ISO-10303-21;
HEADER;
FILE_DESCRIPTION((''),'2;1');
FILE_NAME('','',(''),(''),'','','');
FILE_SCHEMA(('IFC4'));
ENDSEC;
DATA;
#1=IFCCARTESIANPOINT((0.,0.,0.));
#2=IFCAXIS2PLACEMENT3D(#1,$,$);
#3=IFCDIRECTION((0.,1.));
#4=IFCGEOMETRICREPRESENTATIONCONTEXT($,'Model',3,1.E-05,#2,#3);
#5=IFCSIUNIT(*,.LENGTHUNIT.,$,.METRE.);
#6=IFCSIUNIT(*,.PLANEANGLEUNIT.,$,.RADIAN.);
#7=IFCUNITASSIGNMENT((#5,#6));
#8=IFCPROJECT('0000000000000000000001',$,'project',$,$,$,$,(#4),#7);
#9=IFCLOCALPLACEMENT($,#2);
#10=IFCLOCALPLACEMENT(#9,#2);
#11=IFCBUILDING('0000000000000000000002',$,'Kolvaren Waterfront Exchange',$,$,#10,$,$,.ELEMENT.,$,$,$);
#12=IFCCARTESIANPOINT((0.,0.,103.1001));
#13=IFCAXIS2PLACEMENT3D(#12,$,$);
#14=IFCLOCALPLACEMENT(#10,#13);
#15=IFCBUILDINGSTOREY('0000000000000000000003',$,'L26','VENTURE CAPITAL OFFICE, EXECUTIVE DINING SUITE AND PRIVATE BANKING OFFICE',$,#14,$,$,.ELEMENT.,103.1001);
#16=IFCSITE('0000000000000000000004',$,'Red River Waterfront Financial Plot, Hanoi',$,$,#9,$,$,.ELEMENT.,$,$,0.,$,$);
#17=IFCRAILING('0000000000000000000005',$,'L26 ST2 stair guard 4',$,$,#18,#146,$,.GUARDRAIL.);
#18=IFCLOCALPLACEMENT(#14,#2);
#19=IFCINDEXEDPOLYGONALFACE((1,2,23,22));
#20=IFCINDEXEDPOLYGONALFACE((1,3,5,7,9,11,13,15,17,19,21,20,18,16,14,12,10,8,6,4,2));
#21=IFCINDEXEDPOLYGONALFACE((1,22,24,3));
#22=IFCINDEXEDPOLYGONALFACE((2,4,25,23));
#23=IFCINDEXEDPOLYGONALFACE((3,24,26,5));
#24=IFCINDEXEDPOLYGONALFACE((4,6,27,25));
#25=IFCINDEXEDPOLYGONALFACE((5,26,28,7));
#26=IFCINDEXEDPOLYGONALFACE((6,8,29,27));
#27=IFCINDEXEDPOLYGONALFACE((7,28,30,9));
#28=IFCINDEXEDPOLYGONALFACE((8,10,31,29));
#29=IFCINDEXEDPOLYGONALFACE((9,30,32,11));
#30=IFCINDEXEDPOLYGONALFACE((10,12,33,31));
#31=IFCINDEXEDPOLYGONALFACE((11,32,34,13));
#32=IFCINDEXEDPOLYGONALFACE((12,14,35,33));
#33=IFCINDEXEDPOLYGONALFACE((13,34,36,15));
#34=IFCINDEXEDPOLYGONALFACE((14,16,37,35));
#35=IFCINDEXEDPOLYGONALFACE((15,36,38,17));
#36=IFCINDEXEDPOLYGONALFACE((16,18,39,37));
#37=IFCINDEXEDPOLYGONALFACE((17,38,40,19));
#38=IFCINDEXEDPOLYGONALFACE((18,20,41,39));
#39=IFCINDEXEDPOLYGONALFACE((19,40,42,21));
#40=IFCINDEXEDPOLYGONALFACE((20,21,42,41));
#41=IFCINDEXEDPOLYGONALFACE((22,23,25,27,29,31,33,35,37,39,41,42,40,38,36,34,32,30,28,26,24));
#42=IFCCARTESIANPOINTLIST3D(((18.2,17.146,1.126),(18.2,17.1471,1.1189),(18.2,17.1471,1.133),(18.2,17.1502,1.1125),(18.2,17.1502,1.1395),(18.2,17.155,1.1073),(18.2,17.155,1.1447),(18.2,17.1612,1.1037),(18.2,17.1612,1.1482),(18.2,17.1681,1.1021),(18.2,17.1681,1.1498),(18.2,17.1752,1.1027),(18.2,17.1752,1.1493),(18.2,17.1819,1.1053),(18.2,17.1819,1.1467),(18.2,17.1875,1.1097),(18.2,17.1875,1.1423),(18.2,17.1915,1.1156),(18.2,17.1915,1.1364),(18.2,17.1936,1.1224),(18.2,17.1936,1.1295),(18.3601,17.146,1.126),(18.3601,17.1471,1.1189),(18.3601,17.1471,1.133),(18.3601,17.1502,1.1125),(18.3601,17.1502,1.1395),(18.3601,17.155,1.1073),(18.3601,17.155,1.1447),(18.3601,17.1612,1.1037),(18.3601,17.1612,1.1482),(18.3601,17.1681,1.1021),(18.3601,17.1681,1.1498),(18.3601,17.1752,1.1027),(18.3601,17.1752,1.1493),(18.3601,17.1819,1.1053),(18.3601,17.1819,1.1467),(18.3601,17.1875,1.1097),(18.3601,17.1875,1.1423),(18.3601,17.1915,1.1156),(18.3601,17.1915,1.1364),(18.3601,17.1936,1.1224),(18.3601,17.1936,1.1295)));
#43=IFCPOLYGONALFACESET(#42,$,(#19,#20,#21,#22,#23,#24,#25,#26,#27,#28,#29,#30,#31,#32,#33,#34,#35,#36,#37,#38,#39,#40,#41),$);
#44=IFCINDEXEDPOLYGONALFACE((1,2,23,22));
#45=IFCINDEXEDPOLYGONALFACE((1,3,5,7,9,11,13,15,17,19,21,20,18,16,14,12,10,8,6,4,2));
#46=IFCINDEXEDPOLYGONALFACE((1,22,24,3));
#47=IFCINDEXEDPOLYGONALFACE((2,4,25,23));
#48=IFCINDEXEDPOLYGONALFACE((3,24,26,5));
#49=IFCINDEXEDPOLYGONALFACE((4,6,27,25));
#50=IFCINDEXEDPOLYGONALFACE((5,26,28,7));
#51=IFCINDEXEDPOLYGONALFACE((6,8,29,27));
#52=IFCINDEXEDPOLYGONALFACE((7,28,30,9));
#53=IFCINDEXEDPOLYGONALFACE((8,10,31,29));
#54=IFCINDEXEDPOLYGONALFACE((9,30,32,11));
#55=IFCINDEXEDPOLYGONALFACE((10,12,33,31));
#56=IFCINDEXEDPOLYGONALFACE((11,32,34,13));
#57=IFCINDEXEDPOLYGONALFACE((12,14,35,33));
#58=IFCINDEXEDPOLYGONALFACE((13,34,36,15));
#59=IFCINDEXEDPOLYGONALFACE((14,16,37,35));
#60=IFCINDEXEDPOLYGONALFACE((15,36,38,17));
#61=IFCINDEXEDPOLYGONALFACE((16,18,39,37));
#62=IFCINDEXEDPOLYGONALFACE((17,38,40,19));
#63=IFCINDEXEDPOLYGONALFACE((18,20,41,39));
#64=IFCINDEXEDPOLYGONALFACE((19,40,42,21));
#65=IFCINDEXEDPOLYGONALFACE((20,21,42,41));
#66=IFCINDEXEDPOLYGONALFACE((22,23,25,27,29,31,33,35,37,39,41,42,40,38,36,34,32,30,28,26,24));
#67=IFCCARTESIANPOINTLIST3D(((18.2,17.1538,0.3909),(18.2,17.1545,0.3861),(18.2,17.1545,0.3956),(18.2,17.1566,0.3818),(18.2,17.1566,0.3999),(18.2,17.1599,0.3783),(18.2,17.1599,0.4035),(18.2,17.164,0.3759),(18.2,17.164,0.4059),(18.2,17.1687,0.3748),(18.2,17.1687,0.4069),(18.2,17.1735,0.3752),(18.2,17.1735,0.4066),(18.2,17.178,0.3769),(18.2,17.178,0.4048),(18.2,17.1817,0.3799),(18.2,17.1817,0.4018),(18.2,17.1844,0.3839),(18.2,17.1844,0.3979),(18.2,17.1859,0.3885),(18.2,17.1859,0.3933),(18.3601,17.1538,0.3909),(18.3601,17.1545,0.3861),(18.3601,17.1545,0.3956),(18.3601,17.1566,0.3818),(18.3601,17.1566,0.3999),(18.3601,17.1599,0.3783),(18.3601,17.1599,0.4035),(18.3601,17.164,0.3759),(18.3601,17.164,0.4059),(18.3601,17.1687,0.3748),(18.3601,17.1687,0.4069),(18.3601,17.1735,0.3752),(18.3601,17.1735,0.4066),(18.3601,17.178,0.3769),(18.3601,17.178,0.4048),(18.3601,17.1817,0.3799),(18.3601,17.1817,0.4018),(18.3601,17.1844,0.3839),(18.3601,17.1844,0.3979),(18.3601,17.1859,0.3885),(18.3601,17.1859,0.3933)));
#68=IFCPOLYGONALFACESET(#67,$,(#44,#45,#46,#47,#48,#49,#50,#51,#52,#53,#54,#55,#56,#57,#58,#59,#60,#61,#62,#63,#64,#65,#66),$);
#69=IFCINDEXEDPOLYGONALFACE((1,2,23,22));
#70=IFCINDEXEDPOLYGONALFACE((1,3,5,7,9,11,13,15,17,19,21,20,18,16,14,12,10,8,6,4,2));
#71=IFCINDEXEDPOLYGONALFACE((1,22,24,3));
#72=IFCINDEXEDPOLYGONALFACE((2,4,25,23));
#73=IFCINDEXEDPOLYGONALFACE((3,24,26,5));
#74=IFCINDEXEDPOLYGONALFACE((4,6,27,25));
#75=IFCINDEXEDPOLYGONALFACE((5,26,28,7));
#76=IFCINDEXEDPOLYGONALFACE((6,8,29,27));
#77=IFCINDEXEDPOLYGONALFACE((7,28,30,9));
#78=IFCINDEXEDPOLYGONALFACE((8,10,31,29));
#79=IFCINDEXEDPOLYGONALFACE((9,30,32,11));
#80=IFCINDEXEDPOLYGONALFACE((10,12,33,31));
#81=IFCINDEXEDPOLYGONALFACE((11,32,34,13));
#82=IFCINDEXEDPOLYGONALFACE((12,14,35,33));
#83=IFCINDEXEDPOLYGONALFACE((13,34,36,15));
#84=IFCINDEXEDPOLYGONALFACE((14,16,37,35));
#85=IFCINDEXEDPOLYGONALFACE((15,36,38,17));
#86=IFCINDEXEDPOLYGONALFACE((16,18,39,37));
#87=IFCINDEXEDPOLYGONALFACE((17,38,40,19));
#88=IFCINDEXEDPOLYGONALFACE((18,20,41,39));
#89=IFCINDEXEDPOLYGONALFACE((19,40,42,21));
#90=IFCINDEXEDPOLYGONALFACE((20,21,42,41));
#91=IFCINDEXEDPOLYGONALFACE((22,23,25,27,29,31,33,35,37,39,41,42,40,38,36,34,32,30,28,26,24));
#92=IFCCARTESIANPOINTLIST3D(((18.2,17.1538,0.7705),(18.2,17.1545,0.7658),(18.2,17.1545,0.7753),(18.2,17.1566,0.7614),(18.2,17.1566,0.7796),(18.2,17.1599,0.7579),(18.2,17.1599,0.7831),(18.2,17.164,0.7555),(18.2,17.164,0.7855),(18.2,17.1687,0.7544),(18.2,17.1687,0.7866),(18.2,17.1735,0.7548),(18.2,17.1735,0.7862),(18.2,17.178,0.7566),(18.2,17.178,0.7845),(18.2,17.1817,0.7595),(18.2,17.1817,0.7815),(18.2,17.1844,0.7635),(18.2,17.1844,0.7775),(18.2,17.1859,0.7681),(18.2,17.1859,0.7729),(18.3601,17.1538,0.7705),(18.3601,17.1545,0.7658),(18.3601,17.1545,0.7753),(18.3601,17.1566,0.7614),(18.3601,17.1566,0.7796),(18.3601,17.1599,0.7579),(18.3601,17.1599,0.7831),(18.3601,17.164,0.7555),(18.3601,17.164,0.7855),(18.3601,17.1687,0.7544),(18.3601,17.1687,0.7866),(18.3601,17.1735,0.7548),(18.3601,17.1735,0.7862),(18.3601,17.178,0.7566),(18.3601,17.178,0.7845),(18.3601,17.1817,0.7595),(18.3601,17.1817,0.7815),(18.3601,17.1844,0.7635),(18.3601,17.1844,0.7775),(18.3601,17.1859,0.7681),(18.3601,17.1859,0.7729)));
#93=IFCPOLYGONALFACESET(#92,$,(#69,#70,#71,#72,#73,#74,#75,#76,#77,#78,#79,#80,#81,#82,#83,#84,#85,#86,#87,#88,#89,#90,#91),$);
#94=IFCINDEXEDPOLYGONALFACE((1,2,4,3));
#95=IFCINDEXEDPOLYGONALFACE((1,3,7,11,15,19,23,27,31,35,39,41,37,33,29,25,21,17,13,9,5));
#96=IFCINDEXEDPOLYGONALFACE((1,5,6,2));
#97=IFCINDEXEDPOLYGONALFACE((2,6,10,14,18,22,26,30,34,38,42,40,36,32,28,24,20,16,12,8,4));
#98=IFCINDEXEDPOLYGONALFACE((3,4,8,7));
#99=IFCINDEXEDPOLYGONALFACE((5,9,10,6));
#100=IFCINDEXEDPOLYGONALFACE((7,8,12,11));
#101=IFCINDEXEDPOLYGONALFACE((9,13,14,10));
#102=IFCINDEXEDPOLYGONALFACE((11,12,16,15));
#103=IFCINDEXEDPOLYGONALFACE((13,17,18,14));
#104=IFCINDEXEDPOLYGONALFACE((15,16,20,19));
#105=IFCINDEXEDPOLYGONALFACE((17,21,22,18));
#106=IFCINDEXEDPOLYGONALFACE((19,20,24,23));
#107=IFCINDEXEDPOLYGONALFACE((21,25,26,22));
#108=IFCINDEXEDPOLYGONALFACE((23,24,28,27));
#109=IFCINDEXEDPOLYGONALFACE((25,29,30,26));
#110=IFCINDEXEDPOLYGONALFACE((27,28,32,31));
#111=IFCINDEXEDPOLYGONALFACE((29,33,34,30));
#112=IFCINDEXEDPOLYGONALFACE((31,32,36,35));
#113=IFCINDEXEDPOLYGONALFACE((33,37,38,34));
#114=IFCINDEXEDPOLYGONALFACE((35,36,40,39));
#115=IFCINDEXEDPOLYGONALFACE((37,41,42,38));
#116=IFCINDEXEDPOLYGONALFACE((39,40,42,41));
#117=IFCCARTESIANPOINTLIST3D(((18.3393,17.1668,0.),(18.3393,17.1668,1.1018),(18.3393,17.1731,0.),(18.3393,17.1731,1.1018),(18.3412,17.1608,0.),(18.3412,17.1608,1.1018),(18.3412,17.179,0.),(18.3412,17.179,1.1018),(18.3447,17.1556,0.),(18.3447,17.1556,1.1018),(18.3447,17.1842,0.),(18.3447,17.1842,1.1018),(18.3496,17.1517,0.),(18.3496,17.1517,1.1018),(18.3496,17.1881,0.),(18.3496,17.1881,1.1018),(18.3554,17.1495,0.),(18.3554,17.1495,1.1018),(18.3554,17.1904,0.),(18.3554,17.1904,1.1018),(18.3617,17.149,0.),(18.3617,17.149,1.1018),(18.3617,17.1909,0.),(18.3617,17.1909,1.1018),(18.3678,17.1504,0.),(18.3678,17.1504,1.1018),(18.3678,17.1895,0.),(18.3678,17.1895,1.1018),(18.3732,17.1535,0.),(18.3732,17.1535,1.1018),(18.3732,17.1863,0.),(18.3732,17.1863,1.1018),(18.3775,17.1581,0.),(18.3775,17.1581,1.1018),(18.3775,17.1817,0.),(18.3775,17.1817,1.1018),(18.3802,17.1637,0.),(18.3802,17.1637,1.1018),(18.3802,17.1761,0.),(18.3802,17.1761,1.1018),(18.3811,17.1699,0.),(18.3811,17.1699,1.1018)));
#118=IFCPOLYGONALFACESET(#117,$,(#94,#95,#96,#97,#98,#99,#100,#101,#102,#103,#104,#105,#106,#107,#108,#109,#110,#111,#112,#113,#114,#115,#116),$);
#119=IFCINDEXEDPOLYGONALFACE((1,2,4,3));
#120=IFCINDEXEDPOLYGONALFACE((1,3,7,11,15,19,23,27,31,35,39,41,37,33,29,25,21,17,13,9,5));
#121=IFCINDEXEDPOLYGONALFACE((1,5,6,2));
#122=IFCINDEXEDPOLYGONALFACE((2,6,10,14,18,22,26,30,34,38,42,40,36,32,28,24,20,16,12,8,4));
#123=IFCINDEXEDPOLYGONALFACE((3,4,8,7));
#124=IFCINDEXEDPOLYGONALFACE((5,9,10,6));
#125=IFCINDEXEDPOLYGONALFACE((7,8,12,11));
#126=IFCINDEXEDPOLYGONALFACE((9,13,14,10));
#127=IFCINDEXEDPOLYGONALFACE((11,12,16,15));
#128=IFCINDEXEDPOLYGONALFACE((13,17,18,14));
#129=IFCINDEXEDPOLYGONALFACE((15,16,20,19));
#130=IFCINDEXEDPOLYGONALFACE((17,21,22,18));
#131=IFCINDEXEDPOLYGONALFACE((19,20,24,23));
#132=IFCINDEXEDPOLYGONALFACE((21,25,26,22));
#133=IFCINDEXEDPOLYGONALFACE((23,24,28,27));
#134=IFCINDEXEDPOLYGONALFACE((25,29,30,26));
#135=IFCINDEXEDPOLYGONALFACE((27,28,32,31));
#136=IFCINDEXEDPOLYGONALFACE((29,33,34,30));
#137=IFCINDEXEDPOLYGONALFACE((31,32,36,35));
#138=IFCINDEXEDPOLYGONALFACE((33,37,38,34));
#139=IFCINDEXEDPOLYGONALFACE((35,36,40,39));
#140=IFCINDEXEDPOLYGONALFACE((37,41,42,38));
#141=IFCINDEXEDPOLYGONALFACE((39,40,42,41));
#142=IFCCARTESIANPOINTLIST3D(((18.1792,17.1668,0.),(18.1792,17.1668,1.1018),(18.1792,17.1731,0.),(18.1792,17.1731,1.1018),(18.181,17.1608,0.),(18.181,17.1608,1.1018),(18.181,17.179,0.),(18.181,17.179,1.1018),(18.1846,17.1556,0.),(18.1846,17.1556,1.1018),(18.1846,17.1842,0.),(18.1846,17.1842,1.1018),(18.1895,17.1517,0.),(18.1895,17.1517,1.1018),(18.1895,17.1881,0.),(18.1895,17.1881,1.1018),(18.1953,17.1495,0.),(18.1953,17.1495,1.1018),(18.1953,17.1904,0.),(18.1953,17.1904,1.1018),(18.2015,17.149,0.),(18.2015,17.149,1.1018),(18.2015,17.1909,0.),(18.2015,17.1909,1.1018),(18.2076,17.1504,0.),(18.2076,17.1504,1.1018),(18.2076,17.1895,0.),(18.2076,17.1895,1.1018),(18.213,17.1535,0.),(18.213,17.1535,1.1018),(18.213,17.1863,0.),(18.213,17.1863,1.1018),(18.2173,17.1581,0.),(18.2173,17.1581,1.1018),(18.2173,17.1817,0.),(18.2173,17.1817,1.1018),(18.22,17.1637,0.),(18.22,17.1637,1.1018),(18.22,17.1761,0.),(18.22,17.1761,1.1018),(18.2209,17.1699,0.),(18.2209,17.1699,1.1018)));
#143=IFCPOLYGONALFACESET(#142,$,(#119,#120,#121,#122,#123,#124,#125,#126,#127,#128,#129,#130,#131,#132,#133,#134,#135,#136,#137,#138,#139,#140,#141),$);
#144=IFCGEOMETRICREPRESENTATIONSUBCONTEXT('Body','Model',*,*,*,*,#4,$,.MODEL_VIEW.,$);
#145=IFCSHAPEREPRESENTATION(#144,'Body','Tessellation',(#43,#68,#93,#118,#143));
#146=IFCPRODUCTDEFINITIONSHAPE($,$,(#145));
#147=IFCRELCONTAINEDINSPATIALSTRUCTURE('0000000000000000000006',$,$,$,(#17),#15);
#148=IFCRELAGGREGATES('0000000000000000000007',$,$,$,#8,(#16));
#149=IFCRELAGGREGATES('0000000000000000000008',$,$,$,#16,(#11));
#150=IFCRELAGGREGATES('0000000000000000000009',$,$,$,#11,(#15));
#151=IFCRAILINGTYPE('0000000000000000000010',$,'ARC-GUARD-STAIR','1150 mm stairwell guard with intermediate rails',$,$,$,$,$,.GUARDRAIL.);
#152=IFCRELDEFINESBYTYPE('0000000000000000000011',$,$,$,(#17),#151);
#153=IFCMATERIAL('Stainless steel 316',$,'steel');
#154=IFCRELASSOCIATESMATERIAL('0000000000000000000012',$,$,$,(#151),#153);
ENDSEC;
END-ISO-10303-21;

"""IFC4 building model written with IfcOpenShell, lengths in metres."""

from ifc_helpers import new_model, si_unit, direction, frame, origin, origin_2d, place, context, subcontext, project, spatial, circle, extrude, material, type_object, element, save


model = new_model("IFC4")

# Units and contexts
model_context = context("Model", 3, precision=1e-05, world=origin(), true_north=direction((0.0, 1.0)))
body_context = subcontext(model_context, "Body", "Model", "MODEL_VIEW")
ifc_project = project(units=[si_unit("LENGTHUNIT", "METRE"), si_unit("PLANEANGLEUNIT", "RADIAN")], contexts=[model_context])

# Site, building, storey
site_placement = place(None, origin())
site = spatial("IfcSite", under=ifc_project, at=site_placement, Name="Red River Waterfront Financial Plot, Hanoi", CompositionType="ELEMENT", RefElevation=0.0)
building_placement = place(site_placement, origin())
building = spatial("IfcBuilding", under=site, at=building_placement, Name="Kolvaren Waterfront Exchange", CompositionType="ELEMENT")
storey_placement = place(building_placement, frame((0.0, 0.0, 103.1001)))
storey = spatial("IfcBuildingStorey", under=building, at=storey_placement, Name="L26", Description="VENTURE CAPITAL OFFICE, EXECUTIVE DINING SUITE AND PRIVATE BANKING OFFICE", CompositionType="ELEMENT", Elevation=103.1001)

# Railing
ifc_material_1 = material(Name="Stainless steel 316", Category="steel")
railing_type_1 = type_object("IfcRailingType", Name="ARC-GUARD-STAIR", Description="1150 mm stairwell guard with intermediate rails", PredefinedType="GUARDRAIL", material=ifc_material_1)
railing_1_placement = place(storey_placement, frame((18.3601, 17.1699, 0.0)))
element("IfcRailing", 1, at=railing_1_placement, inside=storey, type_object=railing_type_1, Name="L26 ST2 stair guard 4", PredefinedType="GUARDRAIL", context=body_context, shape_type="SweptSolid", body=[
    extrude(circle(Radius=0.0239, at=origin_2d()), frame((0.0, 0.0, 1.126), z_axis=(-1.0, 0.0, 0.0), x_axis=(0.0, -1.0, 0.0)), (0.0, 0.0, 1.0), 0.1602),
    extrude(circle(Radius=0.0161, at=origin_2d()), frame((0.0, 0.0, 0.3909), z_axis=(-1.0, 0.0, 0.0), x_axis=(0.0, -1.0, 0.0)), (0.0, 0.0, 1.0), 0.1602),
    extrude(circle(Radius=0.0161, at=origin_2d()), frame((0.0, 0.0, 0.7705), z_axis=(-1.0, 0.0, 0.0), x_axis=(0.0, -1.0, 0.0)), (0.0, 0.0, 1.0), 0.1602),
    extrude(circle(Radius=0.021, at=origin_2d()), origin(), (0.0, 0.0, 1.0), 1.1018),
    extrude(circle(Radius=0.021, at=origin_2d()), frame((-0.1602, 0.0, 0.0)), (0.0, 0.0, 1.0), 1.1018),
])

save(model, "model.ifc")
